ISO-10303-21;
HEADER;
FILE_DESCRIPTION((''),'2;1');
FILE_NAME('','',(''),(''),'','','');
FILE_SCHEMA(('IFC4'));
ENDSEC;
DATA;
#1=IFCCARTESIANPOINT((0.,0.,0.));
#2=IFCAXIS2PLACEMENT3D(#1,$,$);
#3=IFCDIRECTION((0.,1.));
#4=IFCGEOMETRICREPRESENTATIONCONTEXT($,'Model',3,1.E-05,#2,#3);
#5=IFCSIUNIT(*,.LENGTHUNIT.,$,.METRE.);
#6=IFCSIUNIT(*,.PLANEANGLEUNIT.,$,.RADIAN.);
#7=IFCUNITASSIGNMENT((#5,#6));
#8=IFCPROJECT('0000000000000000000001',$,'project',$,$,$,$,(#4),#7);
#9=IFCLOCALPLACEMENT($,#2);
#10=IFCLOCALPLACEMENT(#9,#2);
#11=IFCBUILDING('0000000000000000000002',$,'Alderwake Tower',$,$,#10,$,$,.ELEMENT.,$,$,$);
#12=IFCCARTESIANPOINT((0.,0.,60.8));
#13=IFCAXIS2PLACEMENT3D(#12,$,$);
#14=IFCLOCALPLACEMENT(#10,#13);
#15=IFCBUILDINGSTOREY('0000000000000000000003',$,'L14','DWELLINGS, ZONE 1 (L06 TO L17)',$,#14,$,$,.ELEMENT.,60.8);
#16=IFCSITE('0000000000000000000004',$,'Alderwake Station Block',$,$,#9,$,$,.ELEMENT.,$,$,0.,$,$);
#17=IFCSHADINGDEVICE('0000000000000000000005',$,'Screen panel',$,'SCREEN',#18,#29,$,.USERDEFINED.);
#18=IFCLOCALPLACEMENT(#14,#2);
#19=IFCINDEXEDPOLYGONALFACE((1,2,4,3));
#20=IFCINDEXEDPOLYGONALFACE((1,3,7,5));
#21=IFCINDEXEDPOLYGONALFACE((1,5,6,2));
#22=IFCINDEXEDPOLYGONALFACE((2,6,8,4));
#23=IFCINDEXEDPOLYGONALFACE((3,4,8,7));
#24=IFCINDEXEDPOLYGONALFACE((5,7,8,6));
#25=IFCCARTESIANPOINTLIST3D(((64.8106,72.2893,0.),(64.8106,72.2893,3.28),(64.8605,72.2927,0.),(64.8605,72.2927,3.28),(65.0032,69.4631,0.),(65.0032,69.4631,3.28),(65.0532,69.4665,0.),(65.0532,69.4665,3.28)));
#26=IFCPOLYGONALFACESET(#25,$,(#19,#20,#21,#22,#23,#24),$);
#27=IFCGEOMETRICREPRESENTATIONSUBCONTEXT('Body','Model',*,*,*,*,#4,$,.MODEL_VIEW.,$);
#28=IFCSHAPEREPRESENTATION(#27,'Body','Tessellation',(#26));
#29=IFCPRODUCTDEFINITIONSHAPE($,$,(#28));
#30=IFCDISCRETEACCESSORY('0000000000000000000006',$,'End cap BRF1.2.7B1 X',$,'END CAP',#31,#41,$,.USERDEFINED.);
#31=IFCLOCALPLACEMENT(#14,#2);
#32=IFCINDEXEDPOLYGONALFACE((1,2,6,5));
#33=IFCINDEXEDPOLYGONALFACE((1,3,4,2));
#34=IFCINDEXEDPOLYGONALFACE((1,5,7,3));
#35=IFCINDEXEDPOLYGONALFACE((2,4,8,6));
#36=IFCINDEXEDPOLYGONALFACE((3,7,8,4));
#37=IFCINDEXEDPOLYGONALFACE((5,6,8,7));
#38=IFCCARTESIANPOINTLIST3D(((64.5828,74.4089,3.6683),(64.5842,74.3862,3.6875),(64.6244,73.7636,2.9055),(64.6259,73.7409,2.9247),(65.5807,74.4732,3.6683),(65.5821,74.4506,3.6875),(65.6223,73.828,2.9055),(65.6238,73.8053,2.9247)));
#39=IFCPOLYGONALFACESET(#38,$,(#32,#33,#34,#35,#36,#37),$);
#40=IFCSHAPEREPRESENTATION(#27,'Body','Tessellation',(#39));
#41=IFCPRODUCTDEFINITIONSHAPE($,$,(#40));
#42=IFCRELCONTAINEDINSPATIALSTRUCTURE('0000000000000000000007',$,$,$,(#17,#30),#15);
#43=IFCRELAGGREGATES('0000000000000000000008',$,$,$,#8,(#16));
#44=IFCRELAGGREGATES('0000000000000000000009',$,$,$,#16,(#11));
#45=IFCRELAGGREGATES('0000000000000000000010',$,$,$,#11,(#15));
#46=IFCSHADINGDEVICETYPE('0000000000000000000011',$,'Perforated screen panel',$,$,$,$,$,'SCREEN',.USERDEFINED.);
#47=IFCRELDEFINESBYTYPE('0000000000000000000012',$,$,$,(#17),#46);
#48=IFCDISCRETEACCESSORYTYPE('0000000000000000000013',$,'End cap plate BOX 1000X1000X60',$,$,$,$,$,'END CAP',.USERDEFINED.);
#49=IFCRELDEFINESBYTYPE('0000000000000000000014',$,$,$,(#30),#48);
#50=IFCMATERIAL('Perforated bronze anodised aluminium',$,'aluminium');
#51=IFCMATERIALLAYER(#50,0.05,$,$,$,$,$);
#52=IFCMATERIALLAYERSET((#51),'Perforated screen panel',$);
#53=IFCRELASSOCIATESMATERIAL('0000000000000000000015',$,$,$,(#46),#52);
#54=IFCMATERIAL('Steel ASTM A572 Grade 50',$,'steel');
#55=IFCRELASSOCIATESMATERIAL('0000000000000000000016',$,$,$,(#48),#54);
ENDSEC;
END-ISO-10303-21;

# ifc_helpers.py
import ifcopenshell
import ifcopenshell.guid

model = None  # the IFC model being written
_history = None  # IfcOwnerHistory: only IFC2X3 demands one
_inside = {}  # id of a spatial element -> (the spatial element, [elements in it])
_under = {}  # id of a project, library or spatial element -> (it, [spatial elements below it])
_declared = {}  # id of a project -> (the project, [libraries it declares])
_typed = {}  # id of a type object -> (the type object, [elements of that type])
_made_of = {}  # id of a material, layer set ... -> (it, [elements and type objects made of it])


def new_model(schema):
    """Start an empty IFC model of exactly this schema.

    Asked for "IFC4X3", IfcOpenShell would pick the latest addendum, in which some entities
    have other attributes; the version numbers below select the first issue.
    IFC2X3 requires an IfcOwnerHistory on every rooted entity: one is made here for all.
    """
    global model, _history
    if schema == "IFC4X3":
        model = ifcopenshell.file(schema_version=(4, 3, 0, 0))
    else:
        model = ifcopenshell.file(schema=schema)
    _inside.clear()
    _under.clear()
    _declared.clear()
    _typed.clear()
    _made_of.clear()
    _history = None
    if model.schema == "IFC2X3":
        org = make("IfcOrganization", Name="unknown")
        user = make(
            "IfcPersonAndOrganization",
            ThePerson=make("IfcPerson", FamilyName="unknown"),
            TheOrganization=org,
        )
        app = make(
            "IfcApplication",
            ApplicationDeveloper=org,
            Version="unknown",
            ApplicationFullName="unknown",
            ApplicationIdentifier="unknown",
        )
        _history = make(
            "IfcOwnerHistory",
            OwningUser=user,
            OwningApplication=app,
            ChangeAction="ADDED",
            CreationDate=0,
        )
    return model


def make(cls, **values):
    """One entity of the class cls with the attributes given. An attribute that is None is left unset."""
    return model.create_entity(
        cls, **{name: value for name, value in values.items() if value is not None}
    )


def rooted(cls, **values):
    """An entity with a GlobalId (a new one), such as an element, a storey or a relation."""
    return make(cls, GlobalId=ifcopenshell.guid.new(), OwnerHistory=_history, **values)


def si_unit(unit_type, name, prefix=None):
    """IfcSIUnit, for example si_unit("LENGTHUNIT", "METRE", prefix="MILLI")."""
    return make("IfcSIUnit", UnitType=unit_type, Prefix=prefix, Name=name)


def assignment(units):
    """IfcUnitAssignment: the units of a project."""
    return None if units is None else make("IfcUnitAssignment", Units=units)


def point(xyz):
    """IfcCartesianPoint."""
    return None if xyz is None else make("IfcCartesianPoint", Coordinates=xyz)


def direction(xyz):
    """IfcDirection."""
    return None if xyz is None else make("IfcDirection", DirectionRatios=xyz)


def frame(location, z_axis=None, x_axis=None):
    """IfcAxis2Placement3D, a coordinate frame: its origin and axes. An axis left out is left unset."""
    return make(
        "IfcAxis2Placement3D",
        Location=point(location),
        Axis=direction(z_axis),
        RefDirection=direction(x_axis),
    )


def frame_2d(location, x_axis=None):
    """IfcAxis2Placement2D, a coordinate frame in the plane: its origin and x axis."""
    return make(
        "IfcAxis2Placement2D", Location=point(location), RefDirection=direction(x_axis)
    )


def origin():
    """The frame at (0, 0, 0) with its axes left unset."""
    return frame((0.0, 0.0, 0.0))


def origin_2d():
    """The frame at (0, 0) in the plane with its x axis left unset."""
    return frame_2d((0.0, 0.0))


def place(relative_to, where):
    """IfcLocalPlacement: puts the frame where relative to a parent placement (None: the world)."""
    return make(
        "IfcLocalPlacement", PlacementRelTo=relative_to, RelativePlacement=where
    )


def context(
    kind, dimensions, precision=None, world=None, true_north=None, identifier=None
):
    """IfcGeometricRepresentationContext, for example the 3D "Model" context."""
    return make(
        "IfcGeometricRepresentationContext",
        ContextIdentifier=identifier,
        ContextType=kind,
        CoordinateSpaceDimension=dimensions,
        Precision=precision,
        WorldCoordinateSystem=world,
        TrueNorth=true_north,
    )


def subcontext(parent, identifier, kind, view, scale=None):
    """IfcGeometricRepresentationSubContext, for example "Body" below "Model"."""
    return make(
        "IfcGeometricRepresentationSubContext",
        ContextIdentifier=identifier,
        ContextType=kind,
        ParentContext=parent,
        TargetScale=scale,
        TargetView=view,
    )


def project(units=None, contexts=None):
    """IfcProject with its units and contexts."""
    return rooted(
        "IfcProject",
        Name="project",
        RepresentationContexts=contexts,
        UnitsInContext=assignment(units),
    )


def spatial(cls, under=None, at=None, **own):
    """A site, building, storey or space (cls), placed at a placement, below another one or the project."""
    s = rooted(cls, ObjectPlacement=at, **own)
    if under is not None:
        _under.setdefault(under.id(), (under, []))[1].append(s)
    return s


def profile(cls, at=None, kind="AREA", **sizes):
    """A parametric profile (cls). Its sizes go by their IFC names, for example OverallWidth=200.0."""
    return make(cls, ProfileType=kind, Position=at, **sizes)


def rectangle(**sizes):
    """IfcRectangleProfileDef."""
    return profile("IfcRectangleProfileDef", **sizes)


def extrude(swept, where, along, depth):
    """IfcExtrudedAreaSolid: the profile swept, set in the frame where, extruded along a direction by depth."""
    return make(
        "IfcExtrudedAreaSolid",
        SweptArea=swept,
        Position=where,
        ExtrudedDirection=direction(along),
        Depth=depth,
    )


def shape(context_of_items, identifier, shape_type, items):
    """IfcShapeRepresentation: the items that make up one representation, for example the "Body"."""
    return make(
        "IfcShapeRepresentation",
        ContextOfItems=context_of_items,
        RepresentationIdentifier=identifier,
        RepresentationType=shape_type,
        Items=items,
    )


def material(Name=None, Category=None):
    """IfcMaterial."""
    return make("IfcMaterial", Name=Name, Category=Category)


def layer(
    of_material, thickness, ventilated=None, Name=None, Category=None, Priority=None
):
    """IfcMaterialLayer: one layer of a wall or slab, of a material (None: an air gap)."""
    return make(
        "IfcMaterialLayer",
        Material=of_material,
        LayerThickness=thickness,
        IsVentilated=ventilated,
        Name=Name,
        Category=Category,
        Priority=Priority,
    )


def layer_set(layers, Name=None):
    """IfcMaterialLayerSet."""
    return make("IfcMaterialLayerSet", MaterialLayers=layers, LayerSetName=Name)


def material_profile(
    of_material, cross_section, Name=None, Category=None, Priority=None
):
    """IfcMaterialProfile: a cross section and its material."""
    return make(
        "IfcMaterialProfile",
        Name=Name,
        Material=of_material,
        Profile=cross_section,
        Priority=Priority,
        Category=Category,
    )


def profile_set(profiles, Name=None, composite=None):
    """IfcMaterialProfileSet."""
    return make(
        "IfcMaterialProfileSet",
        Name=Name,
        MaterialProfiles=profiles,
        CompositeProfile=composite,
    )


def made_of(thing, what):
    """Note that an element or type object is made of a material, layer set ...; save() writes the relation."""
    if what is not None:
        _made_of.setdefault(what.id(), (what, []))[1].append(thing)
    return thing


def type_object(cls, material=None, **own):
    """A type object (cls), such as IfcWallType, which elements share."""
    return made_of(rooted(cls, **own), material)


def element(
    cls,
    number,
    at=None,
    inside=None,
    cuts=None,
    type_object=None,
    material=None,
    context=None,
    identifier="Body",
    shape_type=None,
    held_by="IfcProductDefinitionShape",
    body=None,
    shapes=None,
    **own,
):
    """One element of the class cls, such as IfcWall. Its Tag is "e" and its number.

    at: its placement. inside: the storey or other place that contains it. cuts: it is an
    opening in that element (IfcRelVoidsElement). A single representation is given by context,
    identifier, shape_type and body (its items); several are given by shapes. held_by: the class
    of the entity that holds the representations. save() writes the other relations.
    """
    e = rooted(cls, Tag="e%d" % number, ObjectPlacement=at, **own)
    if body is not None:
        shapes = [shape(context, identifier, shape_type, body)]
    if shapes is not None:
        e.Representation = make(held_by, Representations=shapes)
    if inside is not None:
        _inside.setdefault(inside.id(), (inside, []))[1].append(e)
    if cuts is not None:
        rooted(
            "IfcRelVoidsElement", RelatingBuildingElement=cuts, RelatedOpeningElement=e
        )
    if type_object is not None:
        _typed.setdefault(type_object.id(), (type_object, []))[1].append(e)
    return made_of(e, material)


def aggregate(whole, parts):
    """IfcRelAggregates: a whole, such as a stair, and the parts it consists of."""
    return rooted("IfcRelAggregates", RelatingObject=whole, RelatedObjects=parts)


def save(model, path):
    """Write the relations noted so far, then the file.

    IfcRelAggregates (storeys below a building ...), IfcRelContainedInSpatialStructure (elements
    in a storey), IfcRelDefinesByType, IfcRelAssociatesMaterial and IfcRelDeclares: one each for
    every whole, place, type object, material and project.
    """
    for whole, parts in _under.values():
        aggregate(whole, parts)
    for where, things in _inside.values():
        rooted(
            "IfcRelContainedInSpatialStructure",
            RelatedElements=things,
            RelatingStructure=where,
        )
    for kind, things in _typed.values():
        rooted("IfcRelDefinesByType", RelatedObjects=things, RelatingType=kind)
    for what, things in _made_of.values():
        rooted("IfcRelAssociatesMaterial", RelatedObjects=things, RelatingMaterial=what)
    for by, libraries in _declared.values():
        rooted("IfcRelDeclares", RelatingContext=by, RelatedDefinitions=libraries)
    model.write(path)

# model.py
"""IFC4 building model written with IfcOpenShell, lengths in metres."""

from ifc_helpers import new_model, si_unit, direction, frame, origin, origin_2d, place, context, subcontext, project, spatial, rectangle, extrude, material, layer, layer_set, material_profile, profile_set, type_object, element, save


model = new_model("IFC4")

# Units and contexts
model_context = context("Model", 3, precision=1e-05, world=origin(), true_north=direction((0.0, 1.0)))
body_context = subcontext(model_context, "Body", "Model", "MODEL_VIEW")
ifc_project = project(units=[si_unit("LENGTHUNIT", "METRE"), si_unit("PLANEANGLEUNIT", "RADIAN")], contexts=[model_context])

# Site, building, storey
site_placement = place(None, origin())
site = spatial("IfcSite", under=ifc_project, at=site_placement, Name="Alderwake Station Block", CompositionType="ELEMENT", RefElevation=0.0)
building_placement = place(site_placement, origin())
building = spatial("IfcBuilding", under=site, at=building_placement, Name="Alderwake Tower", CompositionType="ELEMENT")
storey_placement = place(building_placement, frame((0.0, 0.0, 60.8)))
storey = spatial("IfcBuildingStorey", under=building, at=storey_placement, Name="L14", Description="DWELLINGS, ZONE 1 (L06 TO L17)", CompositionType="ELEMENT", Elevation=60.8)

# Shading device
ifc_material_1 = material(Name="Perforated bronze anodised aluminium", Category="aluminium")
ifc_layer_1 = layer(ifc_material_1, 0.05)
ifc_layer_set_1 = layer_set([ifc_layer_1], Name="Perforated screen panel")
shading_device_type_1 = type_object("IfcShadingDeviceType", Name="Perforated screen panel", ElementType="SCREEN", PredefinedType="USERDEFINED", material=ifc_layer_set_1)
shading_device_placement = place(storey_placement, frame((64.9319, 70.8779, 0.0), z_axis=(0.0, 0.0, 1.0), x_axis=(0.997685, 0.067998, 0.0)))
element("IfcShadingDevice", 1, at=shading_device_placement, inside=storey, type_object=shading_device_type_1, Name="Screen panel", ObjectType="SCREEN", PredefinedType="USERDEFINED", context=body_context, shape_type="SweptSolid", body=[
    extrude(rectangle(XDim=0.05, YDim=2.8328, at=origin_2d()), origin(), (0.0, 0.0, 1.0), 3.28),
])

# Discrete accessory
ifc_material_2 = material(Name="Steel ASTM A572 Grade 50", Category="steel")
ifc_material_profile_1 = material_profile(ifc_material_2, rectangle(XDim=1.0, YDim=1.0, at=origin_2d()), Name="BOX 1000X1000X60 cap")
ifc_profile_set_1 = profile_set([ifc_material_profile_1], Name="Steel ASTM A572 Grade 50")
discrete_accessory_type = type_object("IfcDiscreteAccessoryType", Name="End cap plate BOX 1000X1000X60", ElementType="END CAP", PredefinedType="USERDEFINED", material=ifc_profile_set_1)
discrete_accessory_placement = place(storey_placement, frame((65.1025, 74.1184, 3.2869), z_axis=(0.049111, -0.761222, 0.646629), x_axis=(0.997925, 0.064382, 0.0)))
element("IfcDiscreteAccessory", 2, at=discrete_accessory_placement, inside=storey, type_object=discrete_accessory_type, Name="End cap BRF1.2.7B1 X", ObjectType="END CAP", PredefinedType="USERDEFINED", context=body_context, shape_type="SweptSolid", body=[
    extrude(rectangle(XDim=1.0, YDim=1.0, at=origin_2d()), origin(), (0.0, 0.0, 1.0), 0.0298),
])

save(model, "model.ifc")
